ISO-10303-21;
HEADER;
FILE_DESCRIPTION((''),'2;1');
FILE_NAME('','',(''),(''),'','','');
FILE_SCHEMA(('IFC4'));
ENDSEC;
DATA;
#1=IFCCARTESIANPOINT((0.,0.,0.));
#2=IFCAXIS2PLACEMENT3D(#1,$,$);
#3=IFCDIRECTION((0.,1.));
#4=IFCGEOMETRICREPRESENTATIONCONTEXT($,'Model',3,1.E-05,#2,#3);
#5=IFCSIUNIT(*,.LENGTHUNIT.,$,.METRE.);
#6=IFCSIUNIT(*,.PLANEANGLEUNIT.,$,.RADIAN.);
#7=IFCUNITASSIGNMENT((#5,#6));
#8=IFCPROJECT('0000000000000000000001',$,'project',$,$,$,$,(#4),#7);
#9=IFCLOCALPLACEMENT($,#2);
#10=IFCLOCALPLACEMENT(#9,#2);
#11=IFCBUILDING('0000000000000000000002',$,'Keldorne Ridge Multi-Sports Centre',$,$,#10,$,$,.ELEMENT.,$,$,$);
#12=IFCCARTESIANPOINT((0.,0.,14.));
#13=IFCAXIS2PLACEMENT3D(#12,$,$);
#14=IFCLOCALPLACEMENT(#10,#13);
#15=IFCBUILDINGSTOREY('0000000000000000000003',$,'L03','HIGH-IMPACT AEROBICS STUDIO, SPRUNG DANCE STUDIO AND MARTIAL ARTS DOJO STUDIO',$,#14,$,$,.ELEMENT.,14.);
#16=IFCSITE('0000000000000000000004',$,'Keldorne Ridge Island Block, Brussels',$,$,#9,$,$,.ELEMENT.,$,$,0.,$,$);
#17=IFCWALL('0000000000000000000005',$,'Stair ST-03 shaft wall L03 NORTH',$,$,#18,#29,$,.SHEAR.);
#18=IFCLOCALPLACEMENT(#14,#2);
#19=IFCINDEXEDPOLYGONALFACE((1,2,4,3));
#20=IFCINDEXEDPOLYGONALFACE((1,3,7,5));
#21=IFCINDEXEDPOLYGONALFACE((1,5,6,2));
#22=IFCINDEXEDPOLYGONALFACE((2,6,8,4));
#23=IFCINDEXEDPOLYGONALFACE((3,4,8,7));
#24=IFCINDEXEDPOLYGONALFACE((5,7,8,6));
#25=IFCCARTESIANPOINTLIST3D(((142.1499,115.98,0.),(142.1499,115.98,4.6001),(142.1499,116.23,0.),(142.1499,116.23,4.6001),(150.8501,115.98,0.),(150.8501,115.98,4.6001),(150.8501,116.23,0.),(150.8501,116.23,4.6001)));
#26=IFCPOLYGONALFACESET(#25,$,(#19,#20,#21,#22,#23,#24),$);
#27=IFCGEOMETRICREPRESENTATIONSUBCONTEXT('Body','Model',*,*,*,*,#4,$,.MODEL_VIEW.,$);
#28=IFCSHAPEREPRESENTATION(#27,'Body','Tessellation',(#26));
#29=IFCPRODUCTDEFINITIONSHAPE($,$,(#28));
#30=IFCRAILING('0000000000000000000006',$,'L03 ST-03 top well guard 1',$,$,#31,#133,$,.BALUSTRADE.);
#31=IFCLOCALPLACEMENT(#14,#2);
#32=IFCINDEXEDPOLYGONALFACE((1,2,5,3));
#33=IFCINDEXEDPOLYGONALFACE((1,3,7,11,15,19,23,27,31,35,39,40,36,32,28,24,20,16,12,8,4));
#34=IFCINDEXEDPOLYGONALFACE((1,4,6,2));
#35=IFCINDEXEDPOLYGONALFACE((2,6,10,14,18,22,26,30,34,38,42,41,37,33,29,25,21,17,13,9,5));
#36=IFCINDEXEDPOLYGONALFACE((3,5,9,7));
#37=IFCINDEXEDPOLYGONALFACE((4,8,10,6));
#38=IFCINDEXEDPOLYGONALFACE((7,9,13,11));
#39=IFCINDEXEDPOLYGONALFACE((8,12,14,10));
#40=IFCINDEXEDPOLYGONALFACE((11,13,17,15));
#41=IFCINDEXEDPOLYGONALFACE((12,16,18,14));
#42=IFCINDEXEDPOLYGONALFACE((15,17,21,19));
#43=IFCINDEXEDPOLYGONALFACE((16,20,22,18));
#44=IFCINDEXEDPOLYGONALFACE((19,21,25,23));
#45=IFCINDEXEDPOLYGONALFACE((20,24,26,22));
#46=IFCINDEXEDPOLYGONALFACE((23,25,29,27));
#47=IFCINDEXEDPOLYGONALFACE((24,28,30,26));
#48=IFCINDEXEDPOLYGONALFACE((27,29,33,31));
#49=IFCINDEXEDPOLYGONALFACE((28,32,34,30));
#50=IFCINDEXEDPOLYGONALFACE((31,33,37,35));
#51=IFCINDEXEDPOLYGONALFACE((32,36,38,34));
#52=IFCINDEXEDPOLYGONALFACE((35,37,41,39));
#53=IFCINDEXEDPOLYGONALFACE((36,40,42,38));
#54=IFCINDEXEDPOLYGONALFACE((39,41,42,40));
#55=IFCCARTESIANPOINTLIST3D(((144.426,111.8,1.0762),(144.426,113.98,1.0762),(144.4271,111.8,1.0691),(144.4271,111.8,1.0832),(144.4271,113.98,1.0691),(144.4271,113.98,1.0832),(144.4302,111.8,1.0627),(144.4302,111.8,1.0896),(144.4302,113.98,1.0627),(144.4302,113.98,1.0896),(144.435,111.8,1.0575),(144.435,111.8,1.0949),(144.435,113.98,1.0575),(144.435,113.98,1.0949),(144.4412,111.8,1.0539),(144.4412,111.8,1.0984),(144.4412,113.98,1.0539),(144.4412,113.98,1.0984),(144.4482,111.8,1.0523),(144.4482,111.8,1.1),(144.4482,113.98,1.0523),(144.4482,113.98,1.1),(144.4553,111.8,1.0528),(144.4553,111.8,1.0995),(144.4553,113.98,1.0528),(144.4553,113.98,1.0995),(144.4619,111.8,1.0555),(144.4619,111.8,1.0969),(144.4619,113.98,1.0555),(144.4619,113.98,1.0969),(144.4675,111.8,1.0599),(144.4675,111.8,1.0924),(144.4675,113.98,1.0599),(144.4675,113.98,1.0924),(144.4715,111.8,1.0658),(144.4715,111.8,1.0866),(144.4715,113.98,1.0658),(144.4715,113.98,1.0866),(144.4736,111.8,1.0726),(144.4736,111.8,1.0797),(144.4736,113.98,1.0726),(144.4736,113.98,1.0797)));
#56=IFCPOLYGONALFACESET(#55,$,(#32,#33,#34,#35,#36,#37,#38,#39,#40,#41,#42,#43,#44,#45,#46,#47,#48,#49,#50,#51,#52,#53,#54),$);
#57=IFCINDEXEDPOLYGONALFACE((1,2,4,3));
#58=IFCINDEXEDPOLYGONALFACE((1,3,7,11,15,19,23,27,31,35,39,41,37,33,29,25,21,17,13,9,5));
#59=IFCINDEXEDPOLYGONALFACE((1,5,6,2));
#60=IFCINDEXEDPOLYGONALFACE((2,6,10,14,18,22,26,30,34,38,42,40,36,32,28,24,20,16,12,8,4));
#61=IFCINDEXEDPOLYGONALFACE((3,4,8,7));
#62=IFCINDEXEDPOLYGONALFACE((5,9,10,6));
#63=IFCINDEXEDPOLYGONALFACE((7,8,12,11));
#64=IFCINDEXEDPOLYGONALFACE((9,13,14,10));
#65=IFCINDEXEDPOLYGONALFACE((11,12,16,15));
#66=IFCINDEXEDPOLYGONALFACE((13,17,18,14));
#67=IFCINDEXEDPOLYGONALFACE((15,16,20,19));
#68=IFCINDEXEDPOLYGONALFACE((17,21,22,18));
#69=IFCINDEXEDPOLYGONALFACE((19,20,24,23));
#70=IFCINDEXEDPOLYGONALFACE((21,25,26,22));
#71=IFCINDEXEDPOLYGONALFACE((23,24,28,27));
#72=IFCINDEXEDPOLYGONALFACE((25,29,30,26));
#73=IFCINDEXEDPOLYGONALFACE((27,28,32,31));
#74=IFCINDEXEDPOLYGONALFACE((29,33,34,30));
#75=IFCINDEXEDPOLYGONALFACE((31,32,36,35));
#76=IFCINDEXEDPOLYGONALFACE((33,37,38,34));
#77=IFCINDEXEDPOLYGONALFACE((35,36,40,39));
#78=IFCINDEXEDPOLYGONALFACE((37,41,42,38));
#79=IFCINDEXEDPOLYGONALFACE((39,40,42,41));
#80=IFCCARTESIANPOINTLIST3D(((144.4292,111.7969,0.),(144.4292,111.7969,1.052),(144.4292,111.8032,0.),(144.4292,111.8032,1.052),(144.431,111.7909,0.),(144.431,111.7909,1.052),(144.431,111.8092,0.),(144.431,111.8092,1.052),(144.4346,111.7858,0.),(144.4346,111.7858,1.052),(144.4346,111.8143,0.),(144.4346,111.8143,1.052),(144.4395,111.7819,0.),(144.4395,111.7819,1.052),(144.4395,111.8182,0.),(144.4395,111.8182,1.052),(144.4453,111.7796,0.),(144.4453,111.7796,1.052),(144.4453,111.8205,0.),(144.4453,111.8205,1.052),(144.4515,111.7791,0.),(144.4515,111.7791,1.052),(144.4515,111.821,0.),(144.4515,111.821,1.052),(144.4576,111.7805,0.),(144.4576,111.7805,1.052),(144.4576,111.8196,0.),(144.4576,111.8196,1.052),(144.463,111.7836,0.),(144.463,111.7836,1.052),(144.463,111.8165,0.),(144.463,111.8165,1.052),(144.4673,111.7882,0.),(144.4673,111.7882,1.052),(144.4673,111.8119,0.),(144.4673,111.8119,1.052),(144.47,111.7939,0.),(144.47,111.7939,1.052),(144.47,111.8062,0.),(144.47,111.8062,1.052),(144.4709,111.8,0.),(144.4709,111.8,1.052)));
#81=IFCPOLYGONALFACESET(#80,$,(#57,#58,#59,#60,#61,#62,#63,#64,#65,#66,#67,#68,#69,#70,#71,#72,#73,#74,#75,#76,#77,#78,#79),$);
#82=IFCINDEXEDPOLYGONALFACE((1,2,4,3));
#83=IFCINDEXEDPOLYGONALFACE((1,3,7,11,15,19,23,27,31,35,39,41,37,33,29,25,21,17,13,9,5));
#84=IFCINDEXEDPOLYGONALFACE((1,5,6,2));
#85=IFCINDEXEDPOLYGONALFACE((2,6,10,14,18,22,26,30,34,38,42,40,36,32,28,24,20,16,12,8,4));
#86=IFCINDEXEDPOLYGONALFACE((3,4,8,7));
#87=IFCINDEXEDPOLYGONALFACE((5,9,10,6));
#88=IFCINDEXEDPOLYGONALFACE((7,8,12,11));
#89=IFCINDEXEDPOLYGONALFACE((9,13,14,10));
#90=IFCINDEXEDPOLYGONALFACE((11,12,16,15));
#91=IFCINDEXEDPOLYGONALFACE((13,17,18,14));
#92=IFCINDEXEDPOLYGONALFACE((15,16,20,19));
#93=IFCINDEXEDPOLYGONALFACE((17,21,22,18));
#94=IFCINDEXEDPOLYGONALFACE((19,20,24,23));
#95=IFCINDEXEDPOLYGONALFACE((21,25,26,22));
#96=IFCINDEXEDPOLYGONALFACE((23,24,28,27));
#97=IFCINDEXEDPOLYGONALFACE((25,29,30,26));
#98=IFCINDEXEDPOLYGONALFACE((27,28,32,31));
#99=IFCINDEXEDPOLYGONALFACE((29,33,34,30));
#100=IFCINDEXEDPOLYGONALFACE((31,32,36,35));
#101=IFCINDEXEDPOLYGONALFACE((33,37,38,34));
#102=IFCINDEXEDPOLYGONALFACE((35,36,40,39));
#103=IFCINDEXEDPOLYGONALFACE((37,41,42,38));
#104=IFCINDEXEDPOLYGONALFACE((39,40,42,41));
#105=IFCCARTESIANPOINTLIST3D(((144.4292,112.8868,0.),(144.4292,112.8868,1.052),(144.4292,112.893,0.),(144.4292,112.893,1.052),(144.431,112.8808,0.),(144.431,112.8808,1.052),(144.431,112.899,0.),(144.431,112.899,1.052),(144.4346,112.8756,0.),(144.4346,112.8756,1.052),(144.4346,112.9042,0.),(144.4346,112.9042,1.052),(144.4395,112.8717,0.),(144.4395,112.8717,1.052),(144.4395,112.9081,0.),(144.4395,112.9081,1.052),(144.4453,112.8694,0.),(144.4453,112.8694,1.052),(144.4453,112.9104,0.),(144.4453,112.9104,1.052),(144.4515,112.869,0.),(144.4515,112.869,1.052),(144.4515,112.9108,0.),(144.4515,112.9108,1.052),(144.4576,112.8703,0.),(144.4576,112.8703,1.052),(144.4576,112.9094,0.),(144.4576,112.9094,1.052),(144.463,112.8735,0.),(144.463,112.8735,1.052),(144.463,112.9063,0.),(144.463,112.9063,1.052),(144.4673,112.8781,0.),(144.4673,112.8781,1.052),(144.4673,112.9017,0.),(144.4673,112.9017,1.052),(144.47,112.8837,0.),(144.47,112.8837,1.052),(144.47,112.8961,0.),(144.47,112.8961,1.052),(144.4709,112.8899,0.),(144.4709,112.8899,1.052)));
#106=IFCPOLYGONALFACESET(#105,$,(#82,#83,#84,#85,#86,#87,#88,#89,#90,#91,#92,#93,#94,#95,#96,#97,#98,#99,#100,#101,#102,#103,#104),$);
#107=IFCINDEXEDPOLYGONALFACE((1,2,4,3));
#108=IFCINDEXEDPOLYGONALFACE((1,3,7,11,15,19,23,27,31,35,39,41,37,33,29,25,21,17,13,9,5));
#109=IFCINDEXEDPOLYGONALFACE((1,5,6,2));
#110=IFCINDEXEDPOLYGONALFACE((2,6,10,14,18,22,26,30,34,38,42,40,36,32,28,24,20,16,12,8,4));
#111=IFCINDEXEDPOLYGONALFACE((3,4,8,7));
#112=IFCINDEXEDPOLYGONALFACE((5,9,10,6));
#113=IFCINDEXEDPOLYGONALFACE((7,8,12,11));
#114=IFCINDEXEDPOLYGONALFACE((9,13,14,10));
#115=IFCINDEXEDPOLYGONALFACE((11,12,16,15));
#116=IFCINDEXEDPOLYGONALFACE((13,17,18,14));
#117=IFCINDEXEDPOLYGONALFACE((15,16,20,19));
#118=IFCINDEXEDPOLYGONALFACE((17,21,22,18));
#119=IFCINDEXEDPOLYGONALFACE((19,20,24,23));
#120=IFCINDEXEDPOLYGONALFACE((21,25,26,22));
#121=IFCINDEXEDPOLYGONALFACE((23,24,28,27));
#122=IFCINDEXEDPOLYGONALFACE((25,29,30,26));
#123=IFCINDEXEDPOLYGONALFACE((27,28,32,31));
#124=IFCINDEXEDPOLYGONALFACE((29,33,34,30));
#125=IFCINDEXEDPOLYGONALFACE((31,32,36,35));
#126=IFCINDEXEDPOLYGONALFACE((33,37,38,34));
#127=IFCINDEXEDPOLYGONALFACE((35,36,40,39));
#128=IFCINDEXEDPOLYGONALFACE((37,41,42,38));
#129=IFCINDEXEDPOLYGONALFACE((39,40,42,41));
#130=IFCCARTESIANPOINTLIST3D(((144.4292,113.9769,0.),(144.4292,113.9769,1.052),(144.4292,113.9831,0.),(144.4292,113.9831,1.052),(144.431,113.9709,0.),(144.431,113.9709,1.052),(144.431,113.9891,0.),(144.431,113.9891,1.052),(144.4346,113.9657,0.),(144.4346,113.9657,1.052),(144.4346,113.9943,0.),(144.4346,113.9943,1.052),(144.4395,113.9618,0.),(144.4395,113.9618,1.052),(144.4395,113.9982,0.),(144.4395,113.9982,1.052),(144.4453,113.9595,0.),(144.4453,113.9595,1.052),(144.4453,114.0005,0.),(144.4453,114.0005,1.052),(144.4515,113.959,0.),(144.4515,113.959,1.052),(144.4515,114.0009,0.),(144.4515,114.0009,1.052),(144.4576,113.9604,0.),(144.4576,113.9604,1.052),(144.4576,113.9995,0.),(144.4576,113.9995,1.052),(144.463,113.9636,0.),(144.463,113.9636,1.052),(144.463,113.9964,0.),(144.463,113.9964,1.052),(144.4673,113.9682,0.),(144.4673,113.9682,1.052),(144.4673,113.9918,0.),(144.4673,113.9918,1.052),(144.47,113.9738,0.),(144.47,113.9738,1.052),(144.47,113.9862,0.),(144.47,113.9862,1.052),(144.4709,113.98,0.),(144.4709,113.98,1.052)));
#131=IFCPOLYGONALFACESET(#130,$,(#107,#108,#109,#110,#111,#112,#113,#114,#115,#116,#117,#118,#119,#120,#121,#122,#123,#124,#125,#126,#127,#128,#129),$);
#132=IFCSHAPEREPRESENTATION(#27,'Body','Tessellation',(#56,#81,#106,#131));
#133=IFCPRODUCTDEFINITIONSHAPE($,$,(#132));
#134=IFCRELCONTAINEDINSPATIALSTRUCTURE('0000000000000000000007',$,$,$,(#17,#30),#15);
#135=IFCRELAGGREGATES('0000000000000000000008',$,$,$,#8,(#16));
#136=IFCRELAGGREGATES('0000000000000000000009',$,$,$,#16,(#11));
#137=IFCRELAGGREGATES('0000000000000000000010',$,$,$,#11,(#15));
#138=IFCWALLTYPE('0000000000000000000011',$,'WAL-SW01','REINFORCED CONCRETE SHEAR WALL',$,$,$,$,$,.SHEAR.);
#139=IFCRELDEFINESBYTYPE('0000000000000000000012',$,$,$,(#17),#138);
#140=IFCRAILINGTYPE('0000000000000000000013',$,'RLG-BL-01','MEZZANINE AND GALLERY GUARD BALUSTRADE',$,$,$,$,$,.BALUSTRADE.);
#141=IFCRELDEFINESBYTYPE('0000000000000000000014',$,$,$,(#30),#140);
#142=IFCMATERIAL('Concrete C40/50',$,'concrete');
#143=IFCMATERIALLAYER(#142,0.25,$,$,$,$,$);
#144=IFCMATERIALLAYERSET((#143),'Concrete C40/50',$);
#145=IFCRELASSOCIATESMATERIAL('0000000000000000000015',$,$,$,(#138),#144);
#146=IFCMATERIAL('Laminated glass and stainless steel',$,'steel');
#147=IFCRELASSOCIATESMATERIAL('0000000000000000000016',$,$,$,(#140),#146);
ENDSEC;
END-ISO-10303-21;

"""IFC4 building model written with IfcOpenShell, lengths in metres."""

from ifc_helpers import new_model, si_unit, direction, frame, frame_2d, origin, origin_2d, place, context, subcontext, project, spatial, rectangle, circle, extrude, material, layer, layer_set, type_object, element, save


model = new_model("IFC4")

# Units and contexts
model_context = context("Model", 3, precision=1e-05, world=origin(), true_north=direction((0.0, 1.0)))
body_context = subcontext(model_context, "Body", "Model", "MODEL_VIEW")
ifc_project = project(units=[si_unit("LENGTHUNIT", "METRE"), si_unit("PLANEANGLEUNIT", "RADIAN")], contexts=[model_context])

# Site, building, storey
site_placement = place(None, origin())
site = spatial("IfcSite", under=ifc_project, at=site_placement, Name="Keldorne Ridge Island Block, Brussels", CompositionType="ELEMENT", RefElevation=0.0)
building_placement = place(site_placement, origin())
building = spatial("IfcBuilding", under=site, at=building_placement, Name="Keldorne Ridge Multi-Sports Centre", CompositionType="ELEMENT")
storey_placement = place(building_placement, frame((0.0, 0.0, 14.0)))
storey = spatial("IfcBuildingStorey", under=building, at=storey_placement, Name="L03", Description="HIGH-IMPACT AEROBICS STUDIO, SPRUNG DANCE STUDIO AND MARTIAL ARTS DOJO STUDIO", CompositionType="ELEMENT", Elevation=14.0)

# Wall
ifc_material_1 = material(Name="Concrete C40/50", Category="concrete")
ifc_layer_1 = layer(ifc_material_1, 0.25)
ifc_layer_set_1 = layer_set([ifc_layer_1], Name="Concrete C40/50")
wall_type_1 = type_object("IfcWallType", Name="WAL-SW01", Description="REINFORCED CONCRETE SHEAR WALL", PredefinedType="SHEAR", material=ifc_layer_set_1)
wall_1_placement = place(storey_placement, frame((150.8501, 116.105, 0.0), z_axis=(0.0, 0.0, 1.0), x_axis=(-1.0, 0.0, 0.0)))
element("IfcWall", 1, at=wall_1_placement, inside=storey, type_object=wall_type_1, Name="Stair ST-03 shaft wall L03 NORTH", PredefinedType="SHEAR", context=body_context, shape_type="SweptSolid", body=[
    extrude(rectangle(XDim=8.7002, YDim=0.25, at=frame_2d((4.3501, 0.0))), origin(), (0.0, 0.0, 1.0), 4.6001),
])

# Railing
ifc_material_2 = material(Name="Laminated glass and stainless steel", Category="steel")
railing_type = type_object("IfcRailingType", Name="RLG-BL-01", Description="MEZZANINE AND GALLERY GUARD BALUSTRADE", PredefinedType="BALUSTRADE", material=ifc_material_2)
railing_placement = place(storey_placement, frame((144.45, 111.8, 0.0)))
element("IfcRailing", 2, at=railing_placement, inside=storey, type_object=railing_type, Name="L03 ST-03 top well guard 1", PredefinedType="BALUSTRADE", context=body_context, shape_type="SweptSolid", body=[
    extrude(circle(Radius=0.0239, at=origin_2d()), frame((0.0, 0.0, 1.0762), z_axis=(0.0, 1.0, 0.0), x_axis=(-1.0, 0.0, 0.0)), (0.0, 0.0, 1.0), 2.1799),
    extrude(circle(Radius=0.021, at=origin_2d()), origin(), (0.0, 0.0, 1.0), 1.052),
    extrude(circle(Radius=0.021, at=origin_2d()), frame((0.0, 1.0898, 0.0)), (0.0, 0.0, 1.0), 1.052),
    extrude(circle(Radius=0.021, at=origin_2d()), frame((0.0, 2.1799, 0.0)), (0.0, 0.0, 1.0), 1.052),
])

save(model, "model.ifc")
